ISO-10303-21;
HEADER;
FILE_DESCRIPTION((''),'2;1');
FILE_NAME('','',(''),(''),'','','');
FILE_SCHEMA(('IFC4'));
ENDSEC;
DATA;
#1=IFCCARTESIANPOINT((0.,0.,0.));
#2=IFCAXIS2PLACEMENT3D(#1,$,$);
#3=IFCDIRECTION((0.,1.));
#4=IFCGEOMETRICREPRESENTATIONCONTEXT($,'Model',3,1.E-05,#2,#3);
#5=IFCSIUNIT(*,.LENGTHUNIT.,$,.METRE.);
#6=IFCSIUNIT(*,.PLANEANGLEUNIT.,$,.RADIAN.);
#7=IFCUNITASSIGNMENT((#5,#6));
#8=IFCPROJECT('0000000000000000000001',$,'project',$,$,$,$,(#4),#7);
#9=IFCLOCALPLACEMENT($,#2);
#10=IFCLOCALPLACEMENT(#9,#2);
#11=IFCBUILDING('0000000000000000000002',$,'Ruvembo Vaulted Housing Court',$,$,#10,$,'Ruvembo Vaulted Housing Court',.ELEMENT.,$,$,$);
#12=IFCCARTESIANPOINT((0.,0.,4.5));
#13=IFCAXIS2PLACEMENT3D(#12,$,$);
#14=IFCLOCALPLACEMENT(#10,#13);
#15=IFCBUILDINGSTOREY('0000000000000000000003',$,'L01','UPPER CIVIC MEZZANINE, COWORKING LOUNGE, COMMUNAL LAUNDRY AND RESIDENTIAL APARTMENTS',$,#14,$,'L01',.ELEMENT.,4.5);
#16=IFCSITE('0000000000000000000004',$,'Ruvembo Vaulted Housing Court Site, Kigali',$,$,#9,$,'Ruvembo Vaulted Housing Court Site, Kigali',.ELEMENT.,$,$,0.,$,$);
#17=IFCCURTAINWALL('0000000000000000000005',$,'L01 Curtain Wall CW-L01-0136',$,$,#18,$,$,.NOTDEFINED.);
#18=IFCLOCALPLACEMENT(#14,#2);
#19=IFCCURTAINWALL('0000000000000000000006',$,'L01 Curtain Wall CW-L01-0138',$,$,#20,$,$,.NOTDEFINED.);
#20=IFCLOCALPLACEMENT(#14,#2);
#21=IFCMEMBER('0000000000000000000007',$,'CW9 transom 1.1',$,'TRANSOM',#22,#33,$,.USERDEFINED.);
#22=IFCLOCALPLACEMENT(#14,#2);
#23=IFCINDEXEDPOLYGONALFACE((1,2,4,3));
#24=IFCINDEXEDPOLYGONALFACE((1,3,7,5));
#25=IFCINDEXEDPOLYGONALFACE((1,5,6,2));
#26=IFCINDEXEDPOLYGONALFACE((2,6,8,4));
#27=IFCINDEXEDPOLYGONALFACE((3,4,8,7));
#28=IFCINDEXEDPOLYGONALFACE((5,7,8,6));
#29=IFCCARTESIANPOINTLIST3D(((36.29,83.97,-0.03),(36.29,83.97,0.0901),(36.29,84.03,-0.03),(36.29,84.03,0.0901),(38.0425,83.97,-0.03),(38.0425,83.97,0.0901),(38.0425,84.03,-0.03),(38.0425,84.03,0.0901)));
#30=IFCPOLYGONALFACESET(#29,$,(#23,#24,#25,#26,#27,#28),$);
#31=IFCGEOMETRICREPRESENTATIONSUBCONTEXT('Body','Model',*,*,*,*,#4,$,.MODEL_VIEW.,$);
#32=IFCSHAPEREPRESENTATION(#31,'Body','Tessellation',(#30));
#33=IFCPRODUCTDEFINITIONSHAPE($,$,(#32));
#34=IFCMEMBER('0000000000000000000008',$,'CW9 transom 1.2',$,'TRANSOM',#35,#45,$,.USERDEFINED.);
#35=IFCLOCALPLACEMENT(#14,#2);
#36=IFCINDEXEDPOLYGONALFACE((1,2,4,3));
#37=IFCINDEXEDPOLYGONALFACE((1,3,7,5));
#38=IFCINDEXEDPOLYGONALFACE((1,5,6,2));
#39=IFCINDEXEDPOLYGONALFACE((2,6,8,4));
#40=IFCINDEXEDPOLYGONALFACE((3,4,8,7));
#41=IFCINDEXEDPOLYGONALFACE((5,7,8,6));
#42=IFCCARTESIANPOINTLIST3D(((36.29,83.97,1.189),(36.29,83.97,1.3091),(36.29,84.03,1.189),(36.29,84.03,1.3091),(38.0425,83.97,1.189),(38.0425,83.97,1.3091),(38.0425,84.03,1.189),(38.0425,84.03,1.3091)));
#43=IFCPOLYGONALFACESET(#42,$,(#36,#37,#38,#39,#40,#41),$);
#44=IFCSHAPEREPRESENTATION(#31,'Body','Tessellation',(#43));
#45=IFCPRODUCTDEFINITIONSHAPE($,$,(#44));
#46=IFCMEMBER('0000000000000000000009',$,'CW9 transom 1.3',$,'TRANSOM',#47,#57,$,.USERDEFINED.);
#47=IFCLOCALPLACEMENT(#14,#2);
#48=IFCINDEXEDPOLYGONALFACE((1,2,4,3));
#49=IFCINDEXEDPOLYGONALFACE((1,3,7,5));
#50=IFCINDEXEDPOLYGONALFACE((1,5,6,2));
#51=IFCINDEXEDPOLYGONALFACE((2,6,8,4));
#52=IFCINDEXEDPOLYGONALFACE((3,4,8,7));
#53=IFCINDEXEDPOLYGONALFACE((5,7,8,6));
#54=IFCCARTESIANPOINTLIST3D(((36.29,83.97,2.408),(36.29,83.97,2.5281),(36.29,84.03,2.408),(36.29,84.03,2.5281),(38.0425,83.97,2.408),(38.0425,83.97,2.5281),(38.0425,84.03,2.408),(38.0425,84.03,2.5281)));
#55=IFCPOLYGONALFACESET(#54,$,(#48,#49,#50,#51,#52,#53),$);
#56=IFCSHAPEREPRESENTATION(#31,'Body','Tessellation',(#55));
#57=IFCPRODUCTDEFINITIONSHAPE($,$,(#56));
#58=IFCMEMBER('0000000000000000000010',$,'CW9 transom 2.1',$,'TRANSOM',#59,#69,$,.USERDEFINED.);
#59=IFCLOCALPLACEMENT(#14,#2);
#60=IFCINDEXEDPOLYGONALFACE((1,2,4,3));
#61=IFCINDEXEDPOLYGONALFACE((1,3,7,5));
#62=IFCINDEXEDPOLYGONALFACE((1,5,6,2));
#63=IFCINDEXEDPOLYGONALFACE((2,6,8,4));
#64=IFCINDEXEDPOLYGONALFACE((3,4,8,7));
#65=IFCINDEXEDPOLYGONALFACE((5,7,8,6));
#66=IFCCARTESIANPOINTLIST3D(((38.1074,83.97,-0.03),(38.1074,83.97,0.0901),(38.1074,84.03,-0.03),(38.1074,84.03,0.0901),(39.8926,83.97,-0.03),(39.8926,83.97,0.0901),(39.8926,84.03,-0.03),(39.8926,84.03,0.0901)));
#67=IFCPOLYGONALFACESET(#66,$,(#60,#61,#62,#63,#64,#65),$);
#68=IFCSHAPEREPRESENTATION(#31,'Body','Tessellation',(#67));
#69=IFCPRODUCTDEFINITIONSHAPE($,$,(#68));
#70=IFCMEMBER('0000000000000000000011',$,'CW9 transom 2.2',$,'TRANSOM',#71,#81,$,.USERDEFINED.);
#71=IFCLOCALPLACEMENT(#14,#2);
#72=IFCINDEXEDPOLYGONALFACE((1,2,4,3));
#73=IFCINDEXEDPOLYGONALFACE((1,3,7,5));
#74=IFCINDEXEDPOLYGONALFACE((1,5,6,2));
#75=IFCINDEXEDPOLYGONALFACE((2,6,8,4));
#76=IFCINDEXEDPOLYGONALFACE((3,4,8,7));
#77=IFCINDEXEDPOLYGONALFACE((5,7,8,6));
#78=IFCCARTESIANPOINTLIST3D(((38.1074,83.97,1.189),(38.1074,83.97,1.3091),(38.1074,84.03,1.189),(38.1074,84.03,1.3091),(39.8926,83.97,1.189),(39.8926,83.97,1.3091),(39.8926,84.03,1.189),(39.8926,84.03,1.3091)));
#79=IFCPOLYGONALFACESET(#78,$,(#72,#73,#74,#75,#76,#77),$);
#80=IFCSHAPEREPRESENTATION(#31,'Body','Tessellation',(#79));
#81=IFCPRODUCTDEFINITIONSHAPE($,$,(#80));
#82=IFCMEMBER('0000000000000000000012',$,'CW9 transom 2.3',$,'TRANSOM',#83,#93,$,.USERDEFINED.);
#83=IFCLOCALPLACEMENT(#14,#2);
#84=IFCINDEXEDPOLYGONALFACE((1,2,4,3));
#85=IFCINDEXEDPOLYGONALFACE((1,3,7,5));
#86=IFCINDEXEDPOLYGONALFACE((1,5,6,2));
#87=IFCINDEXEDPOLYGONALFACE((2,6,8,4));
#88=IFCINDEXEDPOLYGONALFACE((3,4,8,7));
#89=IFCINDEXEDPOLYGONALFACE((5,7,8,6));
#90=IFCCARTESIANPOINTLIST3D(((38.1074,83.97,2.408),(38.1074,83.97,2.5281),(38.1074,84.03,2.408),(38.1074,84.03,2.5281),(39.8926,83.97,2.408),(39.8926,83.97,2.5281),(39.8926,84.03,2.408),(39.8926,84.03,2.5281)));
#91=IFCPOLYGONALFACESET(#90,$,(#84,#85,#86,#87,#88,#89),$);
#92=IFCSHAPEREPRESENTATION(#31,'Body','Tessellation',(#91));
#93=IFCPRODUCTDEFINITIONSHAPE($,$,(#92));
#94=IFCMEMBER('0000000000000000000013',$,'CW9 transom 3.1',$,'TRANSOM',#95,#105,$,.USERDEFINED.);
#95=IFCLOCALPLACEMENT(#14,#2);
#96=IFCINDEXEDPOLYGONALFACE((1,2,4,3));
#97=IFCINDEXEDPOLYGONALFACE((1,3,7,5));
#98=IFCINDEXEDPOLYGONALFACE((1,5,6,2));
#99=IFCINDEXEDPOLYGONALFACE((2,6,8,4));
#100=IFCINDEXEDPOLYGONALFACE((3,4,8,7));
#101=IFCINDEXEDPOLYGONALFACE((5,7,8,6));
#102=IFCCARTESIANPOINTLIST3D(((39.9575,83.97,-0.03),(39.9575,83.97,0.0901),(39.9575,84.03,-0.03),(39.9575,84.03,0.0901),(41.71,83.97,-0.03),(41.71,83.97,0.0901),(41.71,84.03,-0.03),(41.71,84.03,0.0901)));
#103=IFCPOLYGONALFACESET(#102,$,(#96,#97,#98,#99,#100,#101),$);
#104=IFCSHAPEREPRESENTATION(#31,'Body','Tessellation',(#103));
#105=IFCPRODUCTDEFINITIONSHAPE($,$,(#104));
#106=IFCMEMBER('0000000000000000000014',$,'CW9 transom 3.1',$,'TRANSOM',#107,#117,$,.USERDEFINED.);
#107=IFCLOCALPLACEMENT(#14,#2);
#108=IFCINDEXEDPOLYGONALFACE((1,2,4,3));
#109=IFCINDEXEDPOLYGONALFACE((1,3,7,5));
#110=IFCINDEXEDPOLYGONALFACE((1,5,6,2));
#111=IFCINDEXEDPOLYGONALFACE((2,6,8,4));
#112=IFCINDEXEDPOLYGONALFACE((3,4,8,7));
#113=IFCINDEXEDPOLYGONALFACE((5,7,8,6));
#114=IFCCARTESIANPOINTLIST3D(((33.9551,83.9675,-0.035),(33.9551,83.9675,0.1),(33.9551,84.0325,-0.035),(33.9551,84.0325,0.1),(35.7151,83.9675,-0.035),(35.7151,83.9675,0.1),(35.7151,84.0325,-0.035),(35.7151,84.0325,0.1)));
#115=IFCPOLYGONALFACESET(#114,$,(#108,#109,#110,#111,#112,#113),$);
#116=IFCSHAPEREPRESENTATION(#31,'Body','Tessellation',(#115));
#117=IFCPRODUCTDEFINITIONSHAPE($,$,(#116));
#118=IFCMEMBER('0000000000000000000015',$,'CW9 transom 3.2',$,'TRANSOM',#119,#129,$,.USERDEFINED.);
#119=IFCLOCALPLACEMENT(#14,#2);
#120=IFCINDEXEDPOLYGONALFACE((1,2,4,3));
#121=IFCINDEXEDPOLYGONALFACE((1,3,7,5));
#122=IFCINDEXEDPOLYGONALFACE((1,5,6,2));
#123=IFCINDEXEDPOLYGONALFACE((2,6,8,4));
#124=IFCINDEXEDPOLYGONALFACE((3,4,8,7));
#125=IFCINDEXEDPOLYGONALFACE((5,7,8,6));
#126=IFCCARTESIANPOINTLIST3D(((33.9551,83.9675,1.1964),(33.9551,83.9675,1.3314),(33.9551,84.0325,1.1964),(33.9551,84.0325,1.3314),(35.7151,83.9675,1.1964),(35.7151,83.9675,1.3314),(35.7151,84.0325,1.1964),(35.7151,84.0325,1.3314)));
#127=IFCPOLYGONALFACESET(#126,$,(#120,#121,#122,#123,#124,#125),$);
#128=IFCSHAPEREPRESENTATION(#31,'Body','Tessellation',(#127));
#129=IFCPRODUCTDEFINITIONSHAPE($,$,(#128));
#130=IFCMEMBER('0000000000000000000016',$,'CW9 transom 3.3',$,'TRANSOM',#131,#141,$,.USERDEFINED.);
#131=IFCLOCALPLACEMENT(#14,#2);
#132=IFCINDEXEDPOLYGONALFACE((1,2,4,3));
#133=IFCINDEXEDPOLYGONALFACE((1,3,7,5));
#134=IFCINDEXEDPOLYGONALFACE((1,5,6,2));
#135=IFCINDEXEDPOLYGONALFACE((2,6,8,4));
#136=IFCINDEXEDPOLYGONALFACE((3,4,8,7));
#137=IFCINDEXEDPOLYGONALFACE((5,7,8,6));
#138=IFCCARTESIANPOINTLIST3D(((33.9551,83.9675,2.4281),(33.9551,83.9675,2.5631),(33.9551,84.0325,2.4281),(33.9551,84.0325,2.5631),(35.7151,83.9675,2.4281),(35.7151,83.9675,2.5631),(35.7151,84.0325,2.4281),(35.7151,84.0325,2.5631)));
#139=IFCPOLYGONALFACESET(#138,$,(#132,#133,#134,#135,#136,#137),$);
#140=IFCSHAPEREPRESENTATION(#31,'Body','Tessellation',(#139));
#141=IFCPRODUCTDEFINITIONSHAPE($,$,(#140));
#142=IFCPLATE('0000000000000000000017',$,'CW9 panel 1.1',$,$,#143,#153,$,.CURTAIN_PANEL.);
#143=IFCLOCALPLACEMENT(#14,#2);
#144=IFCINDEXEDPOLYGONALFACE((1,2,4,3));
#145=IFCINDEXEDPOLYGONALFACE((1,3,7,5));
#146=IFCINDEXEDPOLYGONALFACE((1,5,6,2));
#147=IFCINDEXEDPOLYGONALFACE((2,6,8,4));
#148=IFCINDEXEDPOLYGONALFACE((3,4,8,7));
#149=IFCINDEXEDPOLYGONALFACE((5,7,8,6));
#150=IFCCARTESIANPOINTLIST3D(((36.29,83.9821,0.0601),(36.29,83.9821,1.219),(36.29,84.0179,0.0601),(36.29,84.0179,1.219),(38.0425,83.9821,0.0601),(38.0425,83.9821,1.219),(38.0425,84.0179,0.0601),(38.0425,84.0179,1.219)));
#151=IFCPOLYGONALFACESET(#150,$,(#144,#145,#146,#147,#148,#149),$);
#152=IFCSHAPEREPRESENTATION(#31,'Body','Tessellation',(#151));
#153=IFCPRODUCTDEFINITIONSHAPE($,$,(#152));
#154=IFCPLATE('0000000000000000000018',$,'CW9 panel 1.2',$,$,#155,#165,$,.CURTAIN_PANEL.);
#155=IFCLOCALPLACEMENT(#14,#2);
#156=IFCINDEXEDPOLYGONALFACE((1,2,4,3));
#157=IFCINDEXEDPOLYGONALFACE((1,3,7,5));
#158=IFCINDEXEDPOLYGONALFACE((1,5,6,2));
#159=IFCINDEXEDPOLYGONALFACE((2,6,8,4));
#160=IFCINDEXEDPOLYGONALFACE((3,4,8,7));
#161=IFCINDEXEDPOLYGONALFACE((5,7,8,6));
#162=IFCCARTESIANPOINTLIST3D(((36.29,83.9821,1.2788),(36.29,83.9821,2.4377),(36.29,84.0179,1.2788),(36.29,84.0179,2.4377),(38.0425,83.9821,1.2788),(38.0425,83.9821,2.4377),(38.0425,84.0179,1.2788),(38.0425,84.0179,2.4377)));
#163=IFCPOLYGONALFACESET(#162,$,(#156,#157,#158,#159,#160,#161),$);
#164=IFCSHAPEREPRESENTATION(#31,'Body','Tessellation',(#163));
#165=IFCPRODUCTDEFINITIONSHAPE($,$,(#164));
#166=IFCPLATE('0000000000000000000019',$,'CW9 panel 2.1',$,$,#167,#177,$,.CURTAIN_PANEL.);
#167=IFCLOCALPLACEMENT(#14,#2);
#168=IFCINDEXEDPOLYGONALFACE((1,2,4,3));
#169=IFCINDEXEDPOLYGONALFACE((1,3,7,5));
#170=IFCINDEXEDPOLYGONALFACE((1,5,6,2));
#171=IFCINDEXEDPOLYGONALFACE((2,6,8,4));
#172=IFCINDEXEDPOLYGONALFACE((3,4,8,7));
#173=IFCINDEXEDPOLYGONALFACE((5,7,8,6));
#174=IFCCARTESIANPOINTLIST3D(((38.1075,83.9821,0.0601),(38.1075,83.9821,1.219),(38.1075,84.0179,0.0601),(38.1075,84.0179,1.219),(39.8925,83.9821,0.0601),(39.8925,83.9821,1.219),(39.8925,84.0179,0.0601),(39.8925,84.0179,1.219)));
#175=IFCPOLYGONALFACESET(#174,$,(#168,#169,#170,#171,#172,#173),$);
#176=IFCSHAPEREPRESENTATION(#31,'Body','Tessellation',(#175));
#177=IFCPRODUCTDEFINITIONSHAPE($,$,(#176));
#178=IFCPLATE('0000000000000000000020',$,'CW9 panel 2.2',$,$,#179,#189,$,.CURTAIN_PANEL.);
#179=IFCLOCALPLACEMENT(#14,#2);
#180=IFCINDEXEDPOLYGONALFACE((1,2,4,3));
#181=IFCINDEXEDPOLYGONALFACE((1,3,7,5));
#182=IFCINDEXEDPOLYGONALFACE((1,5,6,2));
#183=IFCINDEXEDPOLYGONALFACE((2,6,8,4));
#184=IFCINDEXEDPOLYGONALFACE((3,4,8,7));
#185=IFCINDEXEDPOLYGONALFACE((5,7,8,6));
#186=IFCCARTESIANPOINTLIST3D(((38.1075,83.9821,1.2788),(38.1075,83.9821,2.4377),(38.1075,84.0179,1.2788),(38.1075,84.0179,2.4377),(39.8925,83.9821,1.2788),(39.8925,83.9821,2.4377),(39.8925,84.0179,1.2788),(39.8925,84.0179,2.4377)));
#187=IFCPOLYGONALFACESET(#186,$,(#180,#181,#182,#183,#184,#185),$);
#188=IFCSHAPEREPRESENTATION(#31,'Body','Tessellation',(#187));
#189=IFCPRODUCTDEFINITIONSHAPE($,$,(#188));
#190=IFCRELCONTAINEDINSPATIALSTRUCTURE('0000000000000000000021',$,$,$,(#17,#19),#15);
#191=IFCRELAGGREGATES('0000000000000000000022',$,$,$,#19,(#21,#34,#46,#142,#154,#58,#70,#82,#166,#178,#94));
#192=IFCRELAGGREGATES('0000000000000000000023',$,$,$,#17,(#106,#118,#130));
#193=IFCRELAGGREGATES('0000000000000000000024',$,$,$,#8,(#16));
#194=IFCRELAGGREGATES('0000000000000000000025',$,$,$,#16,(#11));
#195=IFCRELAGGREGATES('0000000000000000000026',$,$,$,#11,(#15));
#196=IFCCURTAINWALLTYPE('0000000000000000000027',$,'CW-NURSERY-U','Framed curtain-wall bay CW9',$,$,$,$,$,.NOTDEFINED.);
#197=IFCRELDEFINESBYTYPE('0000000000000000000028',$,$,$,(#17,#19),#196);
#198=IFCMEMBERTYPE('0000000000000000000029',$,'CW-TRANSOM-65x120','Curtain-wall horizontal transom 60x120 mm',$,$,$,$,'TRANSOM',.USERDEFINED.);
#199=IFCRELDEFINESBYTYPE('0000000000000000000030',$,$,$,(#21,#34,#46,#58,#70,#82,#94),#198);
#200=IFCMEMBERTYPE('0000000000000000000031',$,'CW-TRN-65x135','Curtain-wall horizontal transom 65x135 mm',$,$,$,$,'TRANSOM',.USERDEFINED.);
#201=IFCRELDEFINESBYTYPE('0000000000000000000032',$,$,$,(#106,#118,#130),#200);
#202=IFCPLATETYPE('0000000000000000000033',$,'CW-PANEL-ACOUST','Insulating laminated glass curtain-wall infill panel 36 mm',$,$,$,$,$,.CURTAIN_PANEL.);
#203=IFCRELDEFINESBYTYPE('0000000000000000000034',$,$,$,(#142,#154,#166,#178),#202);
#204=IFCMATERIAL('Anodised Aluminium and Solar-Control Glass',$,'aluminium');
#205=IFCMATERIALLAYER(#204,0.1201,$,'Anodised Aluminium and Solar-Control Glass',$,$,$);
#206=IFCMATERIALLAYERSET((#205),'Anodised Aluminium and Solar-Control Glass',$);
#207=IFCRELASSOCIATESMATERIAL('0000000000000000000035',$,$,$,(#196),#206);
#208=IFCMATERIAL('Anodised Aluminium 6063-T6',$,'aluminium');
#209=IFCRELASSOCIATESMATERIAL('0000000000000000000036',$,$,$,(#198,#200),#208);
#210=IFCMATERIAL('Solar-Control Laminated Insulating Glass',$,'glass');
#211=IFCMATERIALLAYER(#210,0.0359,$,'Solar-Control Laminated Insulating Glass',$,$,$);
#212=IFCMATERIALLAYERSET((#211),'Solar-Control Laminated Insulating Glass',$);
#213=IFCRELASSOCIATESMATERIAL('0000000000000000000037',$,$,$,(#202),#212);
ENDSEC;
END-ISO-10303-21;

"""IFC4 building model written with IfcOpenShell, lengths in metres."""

from ifc_helpers import new_model, si_unit, direction, frame, origin, origin_2d, place, context, subcontext, project, spatial, rectangle, extrude, material, layer, layer_set, material_profile, profile_set, type_object, element, aggregate, save


model = new_model("IFC4")

# Units and contexts
model_context = context("Model", 3, precision=1e-05, world=origin(), true_north=direction((0.0, 1.0)))
body_context = subcontext(model_context, "Body", "Model", "MODEL_VIEW")
ifc_project = project(units=[si_unit("LENGTHUNIT", "METRE"), si_unit("PLANEANGLEUNIT", "RADIAN")], contexts=[model_context])

# Site, building, storey
site_placement = place(None, origin())
site = spatial("IfcSite", under=ifc_project, at=site_placement, Name="Ruvembo Vaulted Housing Court Site, Kigali", LongName="Ruvembo Vaulted Housing Court Site, Kigali", CompositionType="ELEMENT", RefElevation=0.0)
building_placement = place(site_placement, origin())
building = spatial("IfcBuilding", under=site, at=building_placement, Name="Ruvembo Vaulted Housing Court", LongName="Ruvembo Vaulted Housing Court", CompositionType="ELEMENT")
storey_placement = place(building_placement, frame((0.0, 0.0, 4.5)))
storey = spatial("IfcBuildingStorey", under=building, at=storey_placement, Name="L01", Description="UPPER CIVIC MEZZANINE, COWORKING LOUNGE, COMMUNAL LAUNDRY AND RESIDENTIAL APARTMENTS", LongName="L01", CompositionType="ELEMENT", Elevation=4.5)

# Curtain walls, members
ifc_material_1 = material(Name="Anodised Aluminium and Solar-Control Glass", Category="aluminium")
ifc_layer_1 = layer(ifc_material_1, 0.1201, Name="Anodised Aluminium and Solar-Control Glass")
ifc_layer_set_1 = layer_set([ifc_layer_1], Name="Anodised Aluminium and Solar-Control Glass")
curtain_wall_type = type_object("IfcCurtainWallType", Name="CW-NURSERY-U", Description="Framed curtain-wall bay CW9", PredefinedType="NOTDEFINED", material=ifc_layer_set_1)
curtain_wall_1_placement = place(storey_placement, origin())
curtain_wall_1 = element("IfcCurtainWall", 1, at=curtain_wall_1_placement, inside=storey, type_object=curtain_wall_type, Name="L01 Curtain Wall CW-L01-0136", PredefinedType="NOTDEFINED")
ifc_material_2 = material(Name="Anodised Aluminium 6063-T6", Category="aluminium")
curtain_wall_2_placement = place(storey_placement, origin())
curtain_wall_2 = element("IfcCurtainWall", 2, at=curtain_wall_2_placement, inside=storey, type_object=curtain_wall_type, Name="L01 Curtain Wall CW-L01-0138", PredefinedType="NOTDEFINED")
ifc_material_profile_1 = material_profile(ifc_material_2, rectangle(XDim=0.0601, YDim=0.1201, at=origin_2d()), Name="ALU 60x120")
ifc_profile_set_1 = profile_set([ifc_material_profile_1], Name="Anodised Aluminium 6063-T6")
member_type_1 = type_object("IfcMemberType", Name="CW-TRANSOM-65x120", Description="Curtain-wall horizontal transom 60x120 mm", ElementType="TRANSOM", PredefinedType="USERDEFINED", material=ifc_profile_set_1)
member_1_placement = place(storey_placement, frame((36.29, 84.0, 0.03), z_axis=(1.0, 0.0, 0.0), x_axis=(0.0, 1.0, 0.0)))
member_1 = element("IfcMember", 3, at=member_1_placement, type_object=member_type_1, Name="CW9 transom 1.1", ObjectType="TRANSOM", PredefinedType="USERDEFINED", context=body_context, shape_type="SweptSolid", body=[
    extrude(rectangle(XDim=0.0601, YDim=0.1201, at=origin_2d()), origin(), (0.0, 0.0, 1.0), 1.7524),
])
member_2_placement = place(storey_placement, frame((36.29, 84.0, 1.249), z_axis=(1.0, 0.0, 0.0), x_axis=(0.0, 1.0, 0.0)))
member_2 = element("IfcMember", 4, at=member_2_placement, type_object=member_type_1, Name="CW9 transom 1.2", ObjectType="TRANSOM", PredefinedType="USERDEFINED", context=body_context, shape_type="SweptSolid", body=[
    extrude(rectangle(XDim=0.0601, YDim=0.1201, at=origin_2d()), origin(), (0.0, 0.0, 1.0), 1.7524),
])
member_3_placement = place(storey_placement, frame((36.29, 84.0, 2.468), z_axis=(1.0, 0.0, 0.0), x_axis=(0.0, 1.0, 0.0)))
member_3 = element("IfcMember", 5, at=member_3_placement, type_object=member_type_1, Name="CW9 transom 1.3", ObjectType="TRANSOM", PredefinedType="USERDEFINED", context=body_context, shape_type="SweptSolid", body=[
    extrude(rectangle(XDim=0.0601, YDim=0.1201, at=origin_2d()), origin(), (0.0, 0.0, 1.0), 1.7524),
])
member_4_placement = place(storey_placement, frame((38.1074, 84.0, 0.03), z_axis=(1.0, 0.0, 0.0), x_axis=(0.0, 1.0, 0.0)))
member_4 = element("IfcMember", 6, at=member_4_placement, type_object=member_type_1, Name="CW9 transom 2.1", ObjectType="TRANSOM", PredefinedType="USERDEFINED", context=body_context, shape_type="SweptSolid", body=[
    extrude(rectangle(XDim=0.0601, YDim=0.1201, at=origin_2d()), origin(), (0.0, 0.0, 1.0), 1.7852),
])
member_5_placement = place(storey_placement, frame((38.1074, 84.0, 1.249), z_axis=(1.0, 0.0, 0.0), x_axis=(0.0, 1.0, 0.0)))
member_5 = element("IfcMember", 7, at=member_5_placement, type_object=member_type_1, Name="CW9 transom 2.2", ObjectType="TRANSOM", PredefinedType="USERDEFINED", context=body_context, shape_type="SweptSolid", body=[
    extrude(rectangle(XDim=0.0601, YDim=0.1201, at=origin_2d()), origin(), (0.0, 0.0, 1.0), 1.7852),
])
member_6_placement = place(storey_placement, frame((38.1074, 84.0, 2.468), z_axis=(1.0, 0.0, 0.0), x_axis=(0.0, 1.0, 0.0)))
member_6 = element("IfcMember", 8, at=member_6_placement, type_object=member_type_1, Name="CW9 transom 2.3", ObjectType="TRANSOM", PredefinedType="USERDEFINED", context=body_context, shape_type="SweptSolid", body=[
    extrude(rectangle(XDim=0.0601, YDim=0.1201, at=origin_2d()), origin(), (0.0, 0.0, 1.0), 1.7852),
])
member_7_placement = place(storey_placement, frame((39.9575, 84.0, 0.03), z_axis=(1.0, 0.0, 0.0), x_axis=(0.0, 1.0, 0.0)))
member_7 = element("IfcMember", 9, at=member_7_placement, type_object=member_type_1, Name="CW9 transom 3.1", ObjectType="TRANSOM", PredefinedType="USERDEFINED", context=body_context, shape_type="SweptSolid", body=[
    extrude(rectangle(XDim=0.0601, YDim=0.1201, at=origin_2d()), origin(), (0.0, 0.0, 1.0), 1.7524),
])

# Members
ifc_material_profile_2 = material_profile(ifc_material_2, rectangle(XDim=0.0649, YDim=0.135, at=origin_2d()), Name="ALU 65x135")
ifc_profile_set_2 = profile_set([ifc_material_profile_2], Name="Anodised Aluminium 6063-T6")
member_type_2 = type_object("IfcMemberType", Name="CW-TRN-65x135", Description="Curtain-wall horizontal transom 65x135 mm", ElementType="TRANSOM", PredefinedType="USERDEFINED", material=ifc_profile_set_2)
member_8_placement = place(storey_placement, frame((33.9551, 84.0, 0.0325), z_axis=(1.0, 0.0, 0.0), x_axis=(0.0, 1.0, 0.0)))
member_8 = element("IfcMember", 10, at=member_8_placement, type_object=member_type_2, Name="CW9 transom 3.1", ObjectType="TRANSOM", PredefinedType="USERDEFINED", context=body_context, shape_type="SweptSolid", body=[
    extrude(rectangle(XDim=0.0649, YDim=0.135, at=origin_2d()), origin(), (0.0, 0.0, 1.0), 1.76),
])
member_9_placement = place(storey_placement, frame((33.9551, 84.0, 1.2639), z_axis=(1.0, 0.0, 0.0), x_axis=(0.0, 1.0, 0.0)))
member_9 = element("IfcMember", 11, at=member_9_placement, type_object=member_type_2, Name="CW9 transom 3.2", ObjectType="TRANSOM", PredefinedType="USERDEFINED", context=body_context, shape_type="SweptSolid", body=[
    extrude(rectangle(XDim=0.0649, YDim=0.135, at=origin_2d()), origin(), (0.0, 0.0, 1.0), 1.76),
])
member_10_placement = place(storey_placement, frame((33.9551, 84.0, 2.4956), z_axis=(1.0, 0.0, 0.0), x_axis=(0.0, 1.0, 0.0)))
member_10 = element("IfcMember", 12, at=member_10_placement, type_object=member_type_2, Name="CW9 transom 3.3", ObjectType="TRANSOM", PredefinedType="USERDEFINED", context=body_context, shape_type="SweptSolid", body=[
    extrude(rectangle(XDim=0.0649, YDim=0.135, at=origin_2d()), origin(), (0.0, 0.0, 1.0), 1.76),
])

# Plates
ifc_material_3 = material(Name="Solar-Control Laminated Insulating Glass", Category="glass")
ifc_layer_2 = layer(ifc_material_3, 0.0359, Name="Solar-Control Laminated Insulating Glass")
ifc_layer_set_2 = layer_set([ifc_layer_2], Name="Solar-Control Laminated Insulating Glass")
plate_type_1 = type_object("IfcPlateType", Name="CW-PANEL-ACOUST", Description="Insulating laminated glass curtain-wall infill panel 36 mm", PredefinedType="CURTAIN_PANEL", material=ifc_layer_set_2)
plate_1_placement = place(storey_placement, frame((37.1663, 84.0, 0.0601), z_axis=(0.0, 0.0, 1.0), x_axis=(1.0, 0.0, 0.0)))
plate_1 = element("IfcPlate", 13, at=plate_1_placement, type_object=plate_type_1, Name="CW9 panel 1.1", PredefinedType="CURTAIN_PANEL", context=body_context, shape_type="SweptSolid", body=[
    extrude(rectangle(XDim=1.7524, YDim=0.0359, at=origin_2d()), origin(), (0.0, 0.0, 1.0), 1.1589),
])
plate_2_placement = place(storey_placement, frame((37.1663, 84.0, 1.2788), z_axis=(0.0, 0.0, 1.0), x_axis=(1.0, 0.0, 0.0)))
plate_2 = element("IfcPlate", 14, at=plate_2_placement, type_object=plate_type_1, Name="CW9 panel 1.2", PredefinedType="CURTAIN_PANEL", context=body_context, shape_type="SweptSolid", body=[
    extrude(rectangle(XDim=1.7524, YDim=0.0359, at=origin_2d()), origin(), (0.0, 0.0, 1.0), 1.1589),
])
plate_3_placement = place(storey_placement, frame((39.0, 84.0, 0.0601), z_axis=(0.0, 0.0, 1.0), x_axis=(1.0, 0.0, 0.0)))
plate_3 = element("IfcPlate", 15, at=plate_3_placement, type_object=plate_type_1, Name="CW9 panel 2.1", PredefinedType="CURTAIN_PANEL", context=body_context, shape_type="SweptSolid", body=[
    extrude(rectangle(XDim=1.7849, YDim=0.0359, at=origin_2d()), origin(), (0.0, 0.0, 1.0), 1.1589),
])
plate_4_placement = place(storey_placement, frame((39.0, 84.0, 1.2788), z_axis=(0.0, 0.0, 1.0), x_axis=(1.0, 0.0, 0.0)))
plate_4 = element("IfcPlate", 16, at=plate_4_placement, type_object=plate_type_1, Name="CW9 panel 2.2", PredefinedType="CURTAIN_PANEL", context=body_context, shape_type="SweptSolid", body=[
    extrude(rectangle(XDim=1.7849, YDim=0.0359, at=origin_2d()), origin(), (0.0, 0.0, 1.0), 1.1589),
])
aggregate(curtain_wall_2, [member_1, member_2, member_3, plate_1, plate_2, member_4, member_5, member_6, plate_3, plate_4, member_7])
aggregate(curtain_wall_1, [member_8, member_9, member_10])

save(model, "model.ifc")
